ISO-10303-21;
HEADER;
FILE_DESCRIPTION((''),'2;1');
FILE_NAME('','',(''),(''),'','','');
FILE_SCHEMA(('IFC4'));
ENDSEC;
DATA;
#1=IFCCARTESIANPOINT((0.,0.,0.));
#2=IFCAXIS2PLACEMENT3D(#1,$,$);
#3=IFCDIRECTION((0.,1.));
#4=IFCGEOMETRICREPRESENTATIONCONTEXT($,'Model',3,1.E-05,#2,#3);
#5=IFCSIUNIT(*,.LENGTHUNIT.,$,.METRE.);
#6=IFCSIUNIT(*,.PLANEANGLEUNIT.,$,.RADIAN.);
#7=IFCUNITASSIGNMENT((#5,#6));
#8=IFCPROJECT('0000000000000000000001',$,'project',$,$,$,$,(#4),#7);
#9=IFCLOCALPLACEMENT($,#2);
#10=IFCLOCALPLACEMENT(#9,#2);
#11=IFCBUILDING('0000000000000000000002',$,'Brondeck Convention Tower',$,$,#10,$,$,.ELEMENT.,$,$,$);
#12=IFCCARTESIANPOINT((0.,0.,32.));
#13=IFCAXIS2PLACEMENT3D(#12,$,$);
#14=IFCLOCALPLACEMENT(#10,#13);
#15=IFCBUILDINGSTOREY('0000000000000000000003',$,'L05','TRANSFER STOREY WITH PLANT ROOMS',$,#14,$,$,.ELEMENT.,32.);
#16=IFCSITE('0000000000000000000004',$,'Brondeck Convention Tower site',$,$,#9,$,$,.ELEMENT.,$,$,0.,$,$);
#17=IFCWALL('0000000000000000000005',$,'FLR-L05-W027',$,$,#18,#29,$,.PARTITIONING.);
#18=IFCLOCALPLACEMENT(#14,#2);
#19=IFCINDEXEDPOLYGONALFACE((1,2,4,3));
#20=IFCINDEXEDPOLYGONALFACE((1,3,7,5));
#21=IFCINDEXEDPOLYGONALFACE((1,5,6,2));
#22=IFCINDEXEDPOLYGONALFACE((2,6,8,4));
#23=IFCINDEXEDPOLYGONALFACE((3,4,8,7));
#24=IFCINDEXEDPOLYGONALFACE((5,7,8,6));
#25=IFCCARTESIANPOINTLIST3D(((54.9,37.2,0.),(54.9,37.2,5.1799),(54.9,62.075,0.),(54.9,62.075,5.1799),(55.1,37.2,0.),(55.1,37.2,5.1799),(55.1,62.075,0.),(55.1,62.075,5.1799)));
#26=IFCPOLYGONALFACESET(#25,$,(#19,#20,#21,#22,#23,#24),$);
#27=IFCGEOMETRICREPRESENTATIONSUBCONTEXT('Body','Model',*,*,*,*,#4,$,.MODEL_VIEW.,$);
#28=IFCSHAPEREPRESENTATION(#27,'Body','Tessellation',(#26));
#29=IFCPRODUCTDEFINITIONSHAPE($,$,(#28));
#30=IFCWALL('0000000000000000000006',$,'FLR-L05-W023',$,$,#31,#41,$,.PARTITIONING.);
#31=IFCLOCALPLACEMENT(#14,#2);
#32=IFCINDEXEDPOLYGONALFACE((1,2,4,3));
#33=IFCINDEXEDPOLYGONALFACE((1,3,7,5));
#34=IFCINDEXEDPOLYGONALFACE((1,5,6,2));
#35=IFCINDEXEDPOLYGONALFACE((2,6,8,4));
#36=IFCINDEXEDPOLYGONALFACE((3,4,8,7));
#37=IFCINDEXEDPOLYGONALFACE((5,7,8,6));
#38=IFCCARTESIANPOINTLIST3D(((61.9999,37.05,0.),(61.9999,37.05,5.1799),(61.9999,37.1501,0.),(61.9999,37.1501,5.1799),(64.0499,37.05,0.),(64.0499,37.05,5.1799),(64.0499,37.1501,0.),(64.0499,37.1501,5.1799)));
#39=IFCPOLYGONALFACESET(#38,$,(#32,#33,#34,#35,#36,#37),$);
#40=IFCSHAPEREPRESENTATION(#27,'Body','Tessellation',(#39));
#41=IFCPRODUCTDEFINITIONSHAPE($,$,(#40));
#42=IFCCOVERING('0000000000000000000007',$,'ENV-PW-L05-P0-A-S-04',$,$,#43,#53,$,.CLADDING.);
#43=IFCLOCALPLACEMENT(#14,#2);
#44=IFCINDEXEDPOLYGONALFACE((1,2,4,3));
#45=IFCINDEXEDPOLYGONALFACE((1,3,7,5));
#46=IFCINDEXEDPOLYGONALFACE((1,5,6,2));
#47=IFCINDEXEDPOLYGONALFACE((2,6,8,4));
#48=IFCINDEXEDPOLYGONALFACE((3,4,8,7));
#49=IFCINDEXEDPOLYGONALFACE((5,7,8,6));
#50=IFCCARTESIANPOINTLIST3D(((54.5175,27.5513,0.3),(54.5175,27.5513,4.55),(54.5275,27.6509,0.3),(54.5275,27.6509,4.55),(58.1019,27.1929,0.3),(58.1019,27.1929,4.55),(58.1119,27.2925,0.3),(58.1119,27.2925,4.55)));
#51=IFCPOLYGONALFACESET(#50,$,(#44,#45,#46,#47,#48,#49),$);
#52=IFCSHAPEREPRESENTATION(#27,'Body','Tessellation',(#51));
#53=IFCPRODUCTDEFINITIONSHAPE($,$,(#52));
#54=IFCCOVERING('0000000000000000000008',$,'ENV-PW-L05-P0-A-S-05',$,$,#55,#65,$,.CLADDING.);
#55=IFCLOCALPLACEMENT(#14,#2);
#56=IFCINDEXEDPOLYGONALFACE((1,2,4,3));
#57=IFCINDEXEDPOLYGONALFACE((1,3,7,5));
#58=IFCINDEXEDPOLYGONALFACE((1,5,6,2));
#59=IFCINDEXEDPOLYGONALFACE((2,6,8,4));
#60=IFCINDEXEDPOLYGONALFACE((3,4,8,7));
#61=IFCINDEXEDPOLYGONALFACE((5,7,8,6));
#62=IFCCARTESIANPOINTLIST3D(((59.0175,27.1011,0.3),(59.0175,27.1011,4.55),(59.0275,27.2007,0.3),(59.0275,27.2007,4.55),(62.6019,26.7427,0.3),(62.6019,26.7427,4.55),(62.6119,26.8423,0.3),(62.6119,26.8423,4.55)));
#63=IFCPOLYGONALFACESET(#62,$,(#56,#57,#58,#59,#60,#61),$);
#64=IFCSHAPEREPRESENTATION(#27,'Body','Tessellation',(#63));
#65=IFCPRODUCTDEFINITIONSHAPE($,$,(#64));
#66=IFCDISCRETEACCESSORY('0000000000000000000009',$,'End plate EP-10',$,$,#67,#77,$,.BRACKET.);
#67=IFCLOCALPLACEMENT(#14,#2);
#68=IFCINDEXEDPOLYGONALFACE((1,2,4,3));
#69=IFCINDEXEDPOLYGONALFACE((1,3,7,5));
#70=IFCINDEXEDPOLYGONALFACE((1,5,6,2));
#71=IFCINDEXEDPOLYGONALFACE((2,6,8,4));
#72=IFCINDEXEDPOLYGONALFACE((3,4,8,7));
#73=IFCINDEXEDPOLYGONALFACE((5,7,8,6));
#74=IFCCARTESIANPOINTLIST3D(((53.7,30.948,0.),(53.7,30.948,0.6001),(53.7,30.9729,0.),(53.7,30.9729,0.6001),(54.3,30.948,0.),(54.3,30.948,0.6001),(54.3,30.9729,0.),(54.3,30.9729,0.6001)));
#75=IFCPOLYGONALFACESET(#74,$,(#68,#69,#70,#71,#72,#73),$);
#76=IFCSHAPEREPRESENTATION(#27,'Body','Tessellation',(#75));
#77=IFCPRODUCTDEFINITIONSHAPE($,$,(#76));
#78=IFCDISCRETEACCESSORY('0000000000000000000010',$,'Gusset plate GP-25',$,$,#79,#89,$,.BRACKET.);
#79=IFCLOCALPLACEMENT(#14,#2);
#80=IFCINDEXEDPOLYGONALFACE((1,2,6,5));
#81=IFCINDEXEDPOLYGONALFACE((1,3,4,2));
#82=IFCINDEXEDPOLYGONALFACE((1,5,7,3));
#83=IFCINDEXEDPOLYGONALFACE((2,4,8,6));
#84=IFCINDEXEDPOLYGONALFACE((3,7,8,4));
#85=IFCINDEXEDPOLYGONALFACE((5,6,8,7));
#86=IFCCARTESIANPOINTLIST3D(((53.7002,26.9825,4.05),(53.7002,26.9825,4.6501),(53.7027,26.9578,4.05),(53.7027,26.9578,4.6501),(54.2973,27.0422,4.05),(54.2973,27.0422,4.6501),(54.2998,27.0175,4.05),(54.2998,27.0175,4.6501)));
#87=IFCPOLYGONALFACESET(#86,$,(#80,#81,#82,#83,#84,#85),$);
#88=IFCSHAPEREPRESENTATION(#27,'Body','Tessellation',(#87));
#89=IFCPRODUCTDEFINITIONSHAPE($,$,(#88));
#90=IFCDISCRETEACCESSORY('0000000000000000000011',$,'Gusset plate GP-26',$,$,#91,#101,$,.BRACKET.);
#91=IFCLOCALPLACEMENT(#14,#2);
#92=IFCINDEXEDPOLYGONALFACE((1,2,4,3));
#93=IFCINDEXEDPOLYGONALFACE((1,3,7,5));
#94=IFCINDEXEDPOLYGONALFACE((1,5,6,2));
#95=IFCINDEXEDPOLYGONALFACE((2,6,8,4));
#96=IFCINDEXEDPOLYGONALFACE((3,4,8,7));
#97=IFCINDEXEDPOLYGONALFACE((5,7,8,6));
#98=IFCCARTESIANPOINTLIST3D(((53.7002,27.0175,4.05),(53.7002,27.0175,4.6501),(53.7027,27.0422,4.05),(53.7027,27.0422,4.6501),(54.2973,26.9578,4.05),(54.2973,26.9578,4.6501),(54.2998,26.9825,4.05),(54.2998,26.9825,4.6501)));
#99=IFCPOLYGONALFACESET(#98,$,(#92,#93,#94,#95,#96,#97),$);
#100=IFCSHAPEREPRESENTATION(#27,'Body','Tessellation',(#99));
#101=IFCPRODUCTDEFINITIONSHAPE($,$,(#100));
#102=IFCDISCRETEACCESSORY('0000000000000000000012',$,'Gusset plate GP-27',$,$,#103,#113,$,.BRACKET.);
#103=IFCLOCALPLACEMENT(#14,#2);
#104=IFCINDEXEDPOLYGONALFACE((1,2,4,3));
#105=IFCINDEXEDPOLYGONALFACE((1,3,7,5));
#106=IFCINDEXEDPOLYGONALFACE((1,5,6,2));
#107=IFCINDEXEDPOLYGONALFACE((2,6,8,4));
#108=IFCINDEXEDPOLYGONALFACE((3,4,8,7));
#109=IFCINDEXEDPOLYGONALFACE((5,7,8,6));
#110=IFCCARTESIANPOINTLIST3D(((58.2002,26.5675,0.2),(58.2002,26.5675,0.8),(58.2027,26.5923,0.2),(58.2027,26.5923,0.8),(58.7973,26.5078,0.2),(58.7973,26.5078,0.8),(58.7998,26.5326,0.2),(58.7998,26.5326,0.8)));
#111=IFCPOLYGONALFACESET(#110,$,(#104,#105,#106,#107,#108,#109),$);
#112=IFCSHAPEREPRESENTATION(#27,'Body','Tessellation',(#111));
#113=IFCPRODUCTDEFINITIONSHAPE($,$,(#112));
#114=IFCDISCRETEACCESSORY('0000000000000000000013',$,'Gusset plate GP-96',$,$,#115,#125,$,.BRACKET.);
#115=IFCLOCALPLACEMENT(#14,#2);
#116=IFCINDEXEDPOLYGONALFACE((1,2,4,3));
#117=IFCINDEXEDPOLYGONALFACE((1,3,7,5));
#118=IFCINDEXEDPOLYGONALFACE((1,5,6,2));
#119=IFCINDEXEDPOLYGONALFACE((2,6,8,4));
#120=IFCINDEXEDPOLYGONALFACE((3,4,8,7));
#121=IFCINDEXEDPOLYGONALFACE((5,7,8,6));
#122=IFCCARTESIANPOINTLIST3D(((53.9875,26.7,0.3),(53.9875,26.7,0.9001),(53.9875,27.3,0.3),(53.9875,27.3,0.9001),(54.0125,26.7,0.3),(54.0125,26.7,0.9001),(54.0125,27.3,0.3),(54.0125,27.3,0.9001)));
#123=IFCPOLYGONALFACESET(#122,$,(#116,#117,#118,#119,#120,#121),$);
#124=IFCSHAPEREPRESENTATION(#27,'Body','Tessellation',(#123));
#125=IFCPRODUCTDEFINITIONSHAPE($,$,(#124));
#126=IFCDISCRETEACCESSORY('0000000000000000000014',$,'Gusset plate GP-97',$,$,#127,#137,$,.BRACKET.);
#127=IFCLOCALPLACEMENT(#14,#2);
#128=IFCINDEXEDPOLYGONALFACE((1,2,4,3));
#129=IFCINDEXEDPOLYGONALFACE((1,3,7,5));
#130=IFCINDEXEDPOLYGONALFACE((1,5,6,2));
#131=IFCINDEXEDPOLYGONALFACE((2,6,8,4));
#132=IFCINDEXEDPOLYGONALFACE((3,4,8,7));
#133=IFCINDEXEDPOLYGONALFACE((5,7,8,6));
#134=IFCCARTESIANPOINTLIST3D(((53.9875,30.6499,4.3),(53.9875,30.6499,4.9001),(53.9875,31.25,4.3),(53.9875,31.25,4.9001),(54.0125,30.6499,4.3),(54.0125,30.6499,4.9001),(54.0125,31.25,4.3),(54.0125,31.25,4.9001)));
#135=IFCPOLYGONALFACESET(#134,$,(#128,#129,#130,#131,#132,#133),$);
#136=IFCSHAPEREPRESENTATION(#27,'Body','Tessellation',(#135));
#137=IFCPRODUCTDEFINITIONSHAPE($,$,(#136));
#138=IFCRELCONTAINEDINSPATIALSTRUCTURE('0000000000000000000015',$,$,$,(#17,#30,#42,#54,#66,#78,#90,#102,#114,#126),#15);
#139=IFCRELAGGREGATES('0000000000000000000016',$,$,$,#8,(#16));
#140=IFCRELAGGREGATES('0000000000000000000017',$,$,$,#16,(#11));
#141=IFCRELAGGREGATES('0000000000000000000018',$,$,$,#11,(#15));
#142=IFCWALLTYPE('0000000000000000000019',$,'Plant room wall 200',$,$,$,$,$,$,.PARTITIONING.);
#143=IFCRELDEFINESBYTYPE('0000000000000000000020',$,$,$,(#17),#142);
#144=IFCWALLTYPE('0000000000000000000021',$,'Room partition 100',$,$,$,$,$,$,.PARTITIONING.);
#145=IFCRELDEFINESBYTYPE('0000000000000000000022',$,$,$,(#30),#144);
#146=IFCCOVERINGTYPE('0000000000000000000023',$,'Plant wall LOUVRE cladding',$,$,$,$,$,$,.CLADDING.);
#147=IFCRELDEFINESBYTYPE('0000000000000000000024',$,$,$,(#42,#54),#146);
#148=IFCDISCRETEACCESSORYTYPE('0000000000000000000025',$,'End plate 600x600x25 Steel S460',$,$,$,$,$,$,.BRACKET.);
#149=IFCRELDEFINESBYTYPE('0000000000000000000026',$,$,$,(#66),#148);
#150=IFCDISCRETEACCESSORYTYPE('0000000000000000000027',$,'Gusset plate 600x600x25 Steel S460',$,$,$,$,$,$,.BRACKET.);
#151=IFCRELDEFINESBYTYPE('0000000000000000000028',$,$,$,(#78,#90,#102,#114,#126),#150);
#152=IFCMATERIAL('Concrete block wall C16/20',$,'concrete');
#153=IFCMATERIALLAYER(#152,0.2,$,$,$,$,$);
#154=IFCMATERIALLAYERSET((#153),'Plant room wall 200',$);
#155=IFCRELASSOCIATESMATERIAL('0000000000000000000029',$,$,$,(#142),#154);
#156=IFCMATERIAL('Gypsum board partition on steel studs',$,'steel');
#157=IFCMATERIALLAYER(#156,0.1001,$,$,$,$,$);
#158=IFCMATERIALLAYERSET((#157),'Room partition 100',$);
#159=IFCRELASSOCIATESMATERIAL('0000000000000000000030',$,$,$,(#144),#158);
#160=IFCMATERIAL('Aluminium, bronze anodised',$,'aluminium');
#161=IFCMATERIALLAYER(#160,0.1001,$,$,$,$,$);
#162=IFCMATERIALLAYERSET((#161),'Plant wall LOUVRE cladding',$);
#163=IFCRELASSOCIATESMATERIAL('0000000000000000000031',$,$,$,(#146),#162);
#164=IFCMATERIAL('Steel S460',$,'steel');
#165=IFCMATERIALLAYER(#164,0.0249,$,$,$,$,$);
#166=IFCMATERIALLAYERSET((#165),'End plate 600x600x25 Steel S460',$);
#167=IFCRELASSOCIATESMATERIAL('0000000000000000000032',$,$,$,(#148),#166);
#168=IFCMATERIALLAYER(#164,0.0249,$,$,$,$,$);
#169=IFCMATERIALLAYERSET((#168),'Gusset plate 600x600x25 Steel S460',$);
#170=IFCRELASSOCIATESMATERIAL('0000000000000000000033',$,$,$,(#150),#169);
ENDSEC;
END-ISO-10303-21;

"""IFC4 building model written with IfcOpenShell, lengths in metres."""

from ifc_helpers import new_model, si_unit, direction, frame, frame_2d, origin, origin_2d, place, context, subcontext, project, spatial, rectangle, extrude, material, layer, layer_set, type_object, element, save


model = new_model("IFC4")

# Units and contexts
model_context = context("Model", 3, precision=1e-05, world=origin(), true_north=direction((0.0, 1.0)))
body_context = subcontext(model_context, "Body", "Model", "MODEL_VIEW")
ifc_project = project(units=[si_unit("LENGTHUNIT", "METRE"), si_unit("PLANEANGLEUNIT", "RADIAN")], contexts=[model_context])

# Site, building, storey
site_placement = place(None, origin())
site = spatial("IfcSite", under=ifc_project, at=site_placement, Name="Brondeck Convention Tower site", CompositionType="ELEMENT", RefElevation=0.0)
building_placement = place(site_placement, origin())
building = spatial("IfcBuilding", under=site, at=building_placement, Name="Brondeck Convention Tower", CompositionType="ELEMENT")
storey_placement = place(building_placement, frame((0.0, 0.0, 32.0)))
storey = spatial("IfcBuildingStorey", under=building, at=storey_placement, Name="L05", Description="TRANSFER STOREY WITH PLANT ROOMS", CompositionType="ELEMENT", Elevation=32.0)

# Shared definitions
ifc_material_1 = material(Name="Steel S460", Category="steel")

# Shared definitions
ifc_material_2 = material(Name="Concrete block wall C16/20", Category="concrete")
ifc_layer_1 = layer(ifc_material_2, 0.2)
ifc_layer_set_1 = layer_set([ifc_layer_1], Name="Plant room wall 200")
wall_type_1 = type_object("IfcWallType", Name="Plant room wall 200", PredefinedType="PARTITIONING", material=ifc_layer_set_1)

# Walls
wall_1_placement = place(storey_placement, frame((55.0, 37.2, 0.0), z_axis=(0.0, 0.0, 1.0), x_axis=(0.0, 1.0, 0.0)))
element("IfcWall", 1, at=wall_1_placement, inside=storey, type_object=wall_type_1, Name="FLR-L05-W027", PredefinedType="PARTITIONING", context=body_context, shape_type="SweptSolid", body=[
    extrude(rectangle(XDim=24.875, YDim=0.2, at=frame_2d((12.4375, 0.0))), origin(), (0.0, 0.0, 1.0), 5.1799),
])
ifc_material_3 = material(Name="Gypsum board partition on steel studs", Category="steel")
ifc_layer_2 = layer(ifc_material_3, 0.1001)
ifc_layer_set_2 = layer_set([ifc_layer_2], Name="Room partition 100")
wall_type_2 = type_object("IfcWallType", Name="Room partition 100", PredefinedType="PARTITIONING", material=ifc_layer_set_2)
wall_2_placement = place(storey_placement, frame((62.0, 37.1001, 0.0), z_axis=(0.0, 0.0, 1.0), x_axis=(1.0, 0.0, 0.0)))
element("IfcWall", 2, at=wall_2_placement, inside=storey, type_object=wall_type_2, Name="FLR-L05-W023", PredefinedType="PARTITIONING", context=body_context, shape_type="SweptSolid", body=[
    extrude(rectangle(XDim=2.05, YDim=0.1001, at=frame_2d((1.0249, 0.0))), origin(), (0.0, 0.0, 1.0), 5.1799),
])

# Coverings
ifc_material_4 = material(Name="Aluminium, bronze anodised", Category="aluminium")
ifc_layer_3 = layer(ifc_material_4, 0.1001)
ifc_layer_set_3 = layer_set([ifc_layer_3], Name="Plant wall LOUVRE cladding")
covering_type = type_object("IfcCoveringType", Name="Plant wall LOUVRE cladding", PredefinedType="CLADDING", material=ifc_layer_set_3)
for number, where, z_axis, x_axis, name in (
    (3, (56.3147, 27.4219, 0.3), (0.0, 0.0, 1.0), (0.995037, -0.099504, 0.0), "ENV-PW-L05-P0-A-S-04"),
    (4, (60.8147, 26.9717, 0.3), (0.0, 0.0, 1.0), (0.995037, -0.099504, 0.0), "ENV-PW-L05-P0-A-S-05"),
):
    element("IfcCovering", number, at=place(storey_placement, frame(where, z_axis=z_axis, x_axis=x_axis)), inside=storey, type_object=covering_type, Name=name, PredefinedType="CLADDING", context=body_context, shape_type="SweptSolid", body=[
        extrude(rectangle(XDim=3.6023, YDim=0.1001, at=origin_2d()), origin(), (0.0, 0.0, 1.0), 4.25),
    ])

# Discrete accessories
ifc_layer_4 = layer(ifc_material_1, 0.0249)
ifc_layer_set_4 = layer_set([ifc_layer_4], Name="End plate 600x600x25 Steel S460")
discrete_accessory_type_1 = type_object("IfcDiscreteAccessoryType", Name="End plate 600x600x25 Steel S460", PredefinedType="BRACKET", material=ifc_layer_set_4)
discrete_accessory_placement = place(storey_placement, frame((54.0, 30.9604, 0.0), z_axis=(0.0, 0.0, 1.0), x_axis=(-1.0, 0.0, 0.0)))
element("IfcDiscreteAccessory", 5, at=discrete_accessory_placement, inside=storey, type_object=discrete_accessory_type_1, Name="End plate EP-10", PredefinedType="BRACKET", context=body_context, shape_type="SweptSolid", body=[
    extrude(rectangle(XDim=0.6001, YDim=0.0249, at=origin_2d()), origin(), (0.0, 0.0, 1.0), 0.6001),
])
ifc_layer_5 = layer(ifc_material_1, 0.0249)
ifc_layer_set_5 = layer_set([ifc_layer_5], Name="Gusset plate 600x600x25 Steel S460")
discrete_accessory_type_2 = type_object("IfcDiscreteAccessoryType", Name="Gusset plate 600x600x25 Steel S460", PredefinedType="BRACKET", material=ifc_layer_set_5)
for number, where, z_axis, x_axis, name in (
    (6, (54.0, 27.0, 4.05), (0.0, 0.0, 1.0), (0.995036, 0.099511, 0.0), "Gusset plate GP-25"),
    (7, (54.0, 27.0, 4.05), (0.0, 0.0, 1.0), (-0.995036, 0.099511, 0.0), "Gusset plate GP-26"),
    (8, (58.5, 26.55, 0.2), (0.0, 0.0, 1.0), (-0.995036, 0.099511, 0.0), "Gusset plate GP-27"),
    (9, (54.0, 27.0, 0.3), (0.0, 0.0, 1.0), (0.0, 1.0, 0.0), "Gusset plate GP-96"),
    (10, (54.0, 30.95, 4.3), (0.0, 0.0, 1.0), (0.0, 1.0, 0.0), "Gusset plate GP-97"),
):
    element("IfcDiscreteAccessory", number, at=place(storey_placement, frame(where, z_axis=z_axis, x_axis=x_axis)), inside=storey, type_object=discrete_accessory_type_2, Name=name, PredefinedType="BRACKET", context=body_context, shape_type="SweptSolid", body=[
        extrude(rectangle(XDim=0.6001, YDim=0.0249, at=origin_2d()), origin(), (0.0, 0.0, 1.0), 0.6001),
    ])

save(model, "model.ifc")
